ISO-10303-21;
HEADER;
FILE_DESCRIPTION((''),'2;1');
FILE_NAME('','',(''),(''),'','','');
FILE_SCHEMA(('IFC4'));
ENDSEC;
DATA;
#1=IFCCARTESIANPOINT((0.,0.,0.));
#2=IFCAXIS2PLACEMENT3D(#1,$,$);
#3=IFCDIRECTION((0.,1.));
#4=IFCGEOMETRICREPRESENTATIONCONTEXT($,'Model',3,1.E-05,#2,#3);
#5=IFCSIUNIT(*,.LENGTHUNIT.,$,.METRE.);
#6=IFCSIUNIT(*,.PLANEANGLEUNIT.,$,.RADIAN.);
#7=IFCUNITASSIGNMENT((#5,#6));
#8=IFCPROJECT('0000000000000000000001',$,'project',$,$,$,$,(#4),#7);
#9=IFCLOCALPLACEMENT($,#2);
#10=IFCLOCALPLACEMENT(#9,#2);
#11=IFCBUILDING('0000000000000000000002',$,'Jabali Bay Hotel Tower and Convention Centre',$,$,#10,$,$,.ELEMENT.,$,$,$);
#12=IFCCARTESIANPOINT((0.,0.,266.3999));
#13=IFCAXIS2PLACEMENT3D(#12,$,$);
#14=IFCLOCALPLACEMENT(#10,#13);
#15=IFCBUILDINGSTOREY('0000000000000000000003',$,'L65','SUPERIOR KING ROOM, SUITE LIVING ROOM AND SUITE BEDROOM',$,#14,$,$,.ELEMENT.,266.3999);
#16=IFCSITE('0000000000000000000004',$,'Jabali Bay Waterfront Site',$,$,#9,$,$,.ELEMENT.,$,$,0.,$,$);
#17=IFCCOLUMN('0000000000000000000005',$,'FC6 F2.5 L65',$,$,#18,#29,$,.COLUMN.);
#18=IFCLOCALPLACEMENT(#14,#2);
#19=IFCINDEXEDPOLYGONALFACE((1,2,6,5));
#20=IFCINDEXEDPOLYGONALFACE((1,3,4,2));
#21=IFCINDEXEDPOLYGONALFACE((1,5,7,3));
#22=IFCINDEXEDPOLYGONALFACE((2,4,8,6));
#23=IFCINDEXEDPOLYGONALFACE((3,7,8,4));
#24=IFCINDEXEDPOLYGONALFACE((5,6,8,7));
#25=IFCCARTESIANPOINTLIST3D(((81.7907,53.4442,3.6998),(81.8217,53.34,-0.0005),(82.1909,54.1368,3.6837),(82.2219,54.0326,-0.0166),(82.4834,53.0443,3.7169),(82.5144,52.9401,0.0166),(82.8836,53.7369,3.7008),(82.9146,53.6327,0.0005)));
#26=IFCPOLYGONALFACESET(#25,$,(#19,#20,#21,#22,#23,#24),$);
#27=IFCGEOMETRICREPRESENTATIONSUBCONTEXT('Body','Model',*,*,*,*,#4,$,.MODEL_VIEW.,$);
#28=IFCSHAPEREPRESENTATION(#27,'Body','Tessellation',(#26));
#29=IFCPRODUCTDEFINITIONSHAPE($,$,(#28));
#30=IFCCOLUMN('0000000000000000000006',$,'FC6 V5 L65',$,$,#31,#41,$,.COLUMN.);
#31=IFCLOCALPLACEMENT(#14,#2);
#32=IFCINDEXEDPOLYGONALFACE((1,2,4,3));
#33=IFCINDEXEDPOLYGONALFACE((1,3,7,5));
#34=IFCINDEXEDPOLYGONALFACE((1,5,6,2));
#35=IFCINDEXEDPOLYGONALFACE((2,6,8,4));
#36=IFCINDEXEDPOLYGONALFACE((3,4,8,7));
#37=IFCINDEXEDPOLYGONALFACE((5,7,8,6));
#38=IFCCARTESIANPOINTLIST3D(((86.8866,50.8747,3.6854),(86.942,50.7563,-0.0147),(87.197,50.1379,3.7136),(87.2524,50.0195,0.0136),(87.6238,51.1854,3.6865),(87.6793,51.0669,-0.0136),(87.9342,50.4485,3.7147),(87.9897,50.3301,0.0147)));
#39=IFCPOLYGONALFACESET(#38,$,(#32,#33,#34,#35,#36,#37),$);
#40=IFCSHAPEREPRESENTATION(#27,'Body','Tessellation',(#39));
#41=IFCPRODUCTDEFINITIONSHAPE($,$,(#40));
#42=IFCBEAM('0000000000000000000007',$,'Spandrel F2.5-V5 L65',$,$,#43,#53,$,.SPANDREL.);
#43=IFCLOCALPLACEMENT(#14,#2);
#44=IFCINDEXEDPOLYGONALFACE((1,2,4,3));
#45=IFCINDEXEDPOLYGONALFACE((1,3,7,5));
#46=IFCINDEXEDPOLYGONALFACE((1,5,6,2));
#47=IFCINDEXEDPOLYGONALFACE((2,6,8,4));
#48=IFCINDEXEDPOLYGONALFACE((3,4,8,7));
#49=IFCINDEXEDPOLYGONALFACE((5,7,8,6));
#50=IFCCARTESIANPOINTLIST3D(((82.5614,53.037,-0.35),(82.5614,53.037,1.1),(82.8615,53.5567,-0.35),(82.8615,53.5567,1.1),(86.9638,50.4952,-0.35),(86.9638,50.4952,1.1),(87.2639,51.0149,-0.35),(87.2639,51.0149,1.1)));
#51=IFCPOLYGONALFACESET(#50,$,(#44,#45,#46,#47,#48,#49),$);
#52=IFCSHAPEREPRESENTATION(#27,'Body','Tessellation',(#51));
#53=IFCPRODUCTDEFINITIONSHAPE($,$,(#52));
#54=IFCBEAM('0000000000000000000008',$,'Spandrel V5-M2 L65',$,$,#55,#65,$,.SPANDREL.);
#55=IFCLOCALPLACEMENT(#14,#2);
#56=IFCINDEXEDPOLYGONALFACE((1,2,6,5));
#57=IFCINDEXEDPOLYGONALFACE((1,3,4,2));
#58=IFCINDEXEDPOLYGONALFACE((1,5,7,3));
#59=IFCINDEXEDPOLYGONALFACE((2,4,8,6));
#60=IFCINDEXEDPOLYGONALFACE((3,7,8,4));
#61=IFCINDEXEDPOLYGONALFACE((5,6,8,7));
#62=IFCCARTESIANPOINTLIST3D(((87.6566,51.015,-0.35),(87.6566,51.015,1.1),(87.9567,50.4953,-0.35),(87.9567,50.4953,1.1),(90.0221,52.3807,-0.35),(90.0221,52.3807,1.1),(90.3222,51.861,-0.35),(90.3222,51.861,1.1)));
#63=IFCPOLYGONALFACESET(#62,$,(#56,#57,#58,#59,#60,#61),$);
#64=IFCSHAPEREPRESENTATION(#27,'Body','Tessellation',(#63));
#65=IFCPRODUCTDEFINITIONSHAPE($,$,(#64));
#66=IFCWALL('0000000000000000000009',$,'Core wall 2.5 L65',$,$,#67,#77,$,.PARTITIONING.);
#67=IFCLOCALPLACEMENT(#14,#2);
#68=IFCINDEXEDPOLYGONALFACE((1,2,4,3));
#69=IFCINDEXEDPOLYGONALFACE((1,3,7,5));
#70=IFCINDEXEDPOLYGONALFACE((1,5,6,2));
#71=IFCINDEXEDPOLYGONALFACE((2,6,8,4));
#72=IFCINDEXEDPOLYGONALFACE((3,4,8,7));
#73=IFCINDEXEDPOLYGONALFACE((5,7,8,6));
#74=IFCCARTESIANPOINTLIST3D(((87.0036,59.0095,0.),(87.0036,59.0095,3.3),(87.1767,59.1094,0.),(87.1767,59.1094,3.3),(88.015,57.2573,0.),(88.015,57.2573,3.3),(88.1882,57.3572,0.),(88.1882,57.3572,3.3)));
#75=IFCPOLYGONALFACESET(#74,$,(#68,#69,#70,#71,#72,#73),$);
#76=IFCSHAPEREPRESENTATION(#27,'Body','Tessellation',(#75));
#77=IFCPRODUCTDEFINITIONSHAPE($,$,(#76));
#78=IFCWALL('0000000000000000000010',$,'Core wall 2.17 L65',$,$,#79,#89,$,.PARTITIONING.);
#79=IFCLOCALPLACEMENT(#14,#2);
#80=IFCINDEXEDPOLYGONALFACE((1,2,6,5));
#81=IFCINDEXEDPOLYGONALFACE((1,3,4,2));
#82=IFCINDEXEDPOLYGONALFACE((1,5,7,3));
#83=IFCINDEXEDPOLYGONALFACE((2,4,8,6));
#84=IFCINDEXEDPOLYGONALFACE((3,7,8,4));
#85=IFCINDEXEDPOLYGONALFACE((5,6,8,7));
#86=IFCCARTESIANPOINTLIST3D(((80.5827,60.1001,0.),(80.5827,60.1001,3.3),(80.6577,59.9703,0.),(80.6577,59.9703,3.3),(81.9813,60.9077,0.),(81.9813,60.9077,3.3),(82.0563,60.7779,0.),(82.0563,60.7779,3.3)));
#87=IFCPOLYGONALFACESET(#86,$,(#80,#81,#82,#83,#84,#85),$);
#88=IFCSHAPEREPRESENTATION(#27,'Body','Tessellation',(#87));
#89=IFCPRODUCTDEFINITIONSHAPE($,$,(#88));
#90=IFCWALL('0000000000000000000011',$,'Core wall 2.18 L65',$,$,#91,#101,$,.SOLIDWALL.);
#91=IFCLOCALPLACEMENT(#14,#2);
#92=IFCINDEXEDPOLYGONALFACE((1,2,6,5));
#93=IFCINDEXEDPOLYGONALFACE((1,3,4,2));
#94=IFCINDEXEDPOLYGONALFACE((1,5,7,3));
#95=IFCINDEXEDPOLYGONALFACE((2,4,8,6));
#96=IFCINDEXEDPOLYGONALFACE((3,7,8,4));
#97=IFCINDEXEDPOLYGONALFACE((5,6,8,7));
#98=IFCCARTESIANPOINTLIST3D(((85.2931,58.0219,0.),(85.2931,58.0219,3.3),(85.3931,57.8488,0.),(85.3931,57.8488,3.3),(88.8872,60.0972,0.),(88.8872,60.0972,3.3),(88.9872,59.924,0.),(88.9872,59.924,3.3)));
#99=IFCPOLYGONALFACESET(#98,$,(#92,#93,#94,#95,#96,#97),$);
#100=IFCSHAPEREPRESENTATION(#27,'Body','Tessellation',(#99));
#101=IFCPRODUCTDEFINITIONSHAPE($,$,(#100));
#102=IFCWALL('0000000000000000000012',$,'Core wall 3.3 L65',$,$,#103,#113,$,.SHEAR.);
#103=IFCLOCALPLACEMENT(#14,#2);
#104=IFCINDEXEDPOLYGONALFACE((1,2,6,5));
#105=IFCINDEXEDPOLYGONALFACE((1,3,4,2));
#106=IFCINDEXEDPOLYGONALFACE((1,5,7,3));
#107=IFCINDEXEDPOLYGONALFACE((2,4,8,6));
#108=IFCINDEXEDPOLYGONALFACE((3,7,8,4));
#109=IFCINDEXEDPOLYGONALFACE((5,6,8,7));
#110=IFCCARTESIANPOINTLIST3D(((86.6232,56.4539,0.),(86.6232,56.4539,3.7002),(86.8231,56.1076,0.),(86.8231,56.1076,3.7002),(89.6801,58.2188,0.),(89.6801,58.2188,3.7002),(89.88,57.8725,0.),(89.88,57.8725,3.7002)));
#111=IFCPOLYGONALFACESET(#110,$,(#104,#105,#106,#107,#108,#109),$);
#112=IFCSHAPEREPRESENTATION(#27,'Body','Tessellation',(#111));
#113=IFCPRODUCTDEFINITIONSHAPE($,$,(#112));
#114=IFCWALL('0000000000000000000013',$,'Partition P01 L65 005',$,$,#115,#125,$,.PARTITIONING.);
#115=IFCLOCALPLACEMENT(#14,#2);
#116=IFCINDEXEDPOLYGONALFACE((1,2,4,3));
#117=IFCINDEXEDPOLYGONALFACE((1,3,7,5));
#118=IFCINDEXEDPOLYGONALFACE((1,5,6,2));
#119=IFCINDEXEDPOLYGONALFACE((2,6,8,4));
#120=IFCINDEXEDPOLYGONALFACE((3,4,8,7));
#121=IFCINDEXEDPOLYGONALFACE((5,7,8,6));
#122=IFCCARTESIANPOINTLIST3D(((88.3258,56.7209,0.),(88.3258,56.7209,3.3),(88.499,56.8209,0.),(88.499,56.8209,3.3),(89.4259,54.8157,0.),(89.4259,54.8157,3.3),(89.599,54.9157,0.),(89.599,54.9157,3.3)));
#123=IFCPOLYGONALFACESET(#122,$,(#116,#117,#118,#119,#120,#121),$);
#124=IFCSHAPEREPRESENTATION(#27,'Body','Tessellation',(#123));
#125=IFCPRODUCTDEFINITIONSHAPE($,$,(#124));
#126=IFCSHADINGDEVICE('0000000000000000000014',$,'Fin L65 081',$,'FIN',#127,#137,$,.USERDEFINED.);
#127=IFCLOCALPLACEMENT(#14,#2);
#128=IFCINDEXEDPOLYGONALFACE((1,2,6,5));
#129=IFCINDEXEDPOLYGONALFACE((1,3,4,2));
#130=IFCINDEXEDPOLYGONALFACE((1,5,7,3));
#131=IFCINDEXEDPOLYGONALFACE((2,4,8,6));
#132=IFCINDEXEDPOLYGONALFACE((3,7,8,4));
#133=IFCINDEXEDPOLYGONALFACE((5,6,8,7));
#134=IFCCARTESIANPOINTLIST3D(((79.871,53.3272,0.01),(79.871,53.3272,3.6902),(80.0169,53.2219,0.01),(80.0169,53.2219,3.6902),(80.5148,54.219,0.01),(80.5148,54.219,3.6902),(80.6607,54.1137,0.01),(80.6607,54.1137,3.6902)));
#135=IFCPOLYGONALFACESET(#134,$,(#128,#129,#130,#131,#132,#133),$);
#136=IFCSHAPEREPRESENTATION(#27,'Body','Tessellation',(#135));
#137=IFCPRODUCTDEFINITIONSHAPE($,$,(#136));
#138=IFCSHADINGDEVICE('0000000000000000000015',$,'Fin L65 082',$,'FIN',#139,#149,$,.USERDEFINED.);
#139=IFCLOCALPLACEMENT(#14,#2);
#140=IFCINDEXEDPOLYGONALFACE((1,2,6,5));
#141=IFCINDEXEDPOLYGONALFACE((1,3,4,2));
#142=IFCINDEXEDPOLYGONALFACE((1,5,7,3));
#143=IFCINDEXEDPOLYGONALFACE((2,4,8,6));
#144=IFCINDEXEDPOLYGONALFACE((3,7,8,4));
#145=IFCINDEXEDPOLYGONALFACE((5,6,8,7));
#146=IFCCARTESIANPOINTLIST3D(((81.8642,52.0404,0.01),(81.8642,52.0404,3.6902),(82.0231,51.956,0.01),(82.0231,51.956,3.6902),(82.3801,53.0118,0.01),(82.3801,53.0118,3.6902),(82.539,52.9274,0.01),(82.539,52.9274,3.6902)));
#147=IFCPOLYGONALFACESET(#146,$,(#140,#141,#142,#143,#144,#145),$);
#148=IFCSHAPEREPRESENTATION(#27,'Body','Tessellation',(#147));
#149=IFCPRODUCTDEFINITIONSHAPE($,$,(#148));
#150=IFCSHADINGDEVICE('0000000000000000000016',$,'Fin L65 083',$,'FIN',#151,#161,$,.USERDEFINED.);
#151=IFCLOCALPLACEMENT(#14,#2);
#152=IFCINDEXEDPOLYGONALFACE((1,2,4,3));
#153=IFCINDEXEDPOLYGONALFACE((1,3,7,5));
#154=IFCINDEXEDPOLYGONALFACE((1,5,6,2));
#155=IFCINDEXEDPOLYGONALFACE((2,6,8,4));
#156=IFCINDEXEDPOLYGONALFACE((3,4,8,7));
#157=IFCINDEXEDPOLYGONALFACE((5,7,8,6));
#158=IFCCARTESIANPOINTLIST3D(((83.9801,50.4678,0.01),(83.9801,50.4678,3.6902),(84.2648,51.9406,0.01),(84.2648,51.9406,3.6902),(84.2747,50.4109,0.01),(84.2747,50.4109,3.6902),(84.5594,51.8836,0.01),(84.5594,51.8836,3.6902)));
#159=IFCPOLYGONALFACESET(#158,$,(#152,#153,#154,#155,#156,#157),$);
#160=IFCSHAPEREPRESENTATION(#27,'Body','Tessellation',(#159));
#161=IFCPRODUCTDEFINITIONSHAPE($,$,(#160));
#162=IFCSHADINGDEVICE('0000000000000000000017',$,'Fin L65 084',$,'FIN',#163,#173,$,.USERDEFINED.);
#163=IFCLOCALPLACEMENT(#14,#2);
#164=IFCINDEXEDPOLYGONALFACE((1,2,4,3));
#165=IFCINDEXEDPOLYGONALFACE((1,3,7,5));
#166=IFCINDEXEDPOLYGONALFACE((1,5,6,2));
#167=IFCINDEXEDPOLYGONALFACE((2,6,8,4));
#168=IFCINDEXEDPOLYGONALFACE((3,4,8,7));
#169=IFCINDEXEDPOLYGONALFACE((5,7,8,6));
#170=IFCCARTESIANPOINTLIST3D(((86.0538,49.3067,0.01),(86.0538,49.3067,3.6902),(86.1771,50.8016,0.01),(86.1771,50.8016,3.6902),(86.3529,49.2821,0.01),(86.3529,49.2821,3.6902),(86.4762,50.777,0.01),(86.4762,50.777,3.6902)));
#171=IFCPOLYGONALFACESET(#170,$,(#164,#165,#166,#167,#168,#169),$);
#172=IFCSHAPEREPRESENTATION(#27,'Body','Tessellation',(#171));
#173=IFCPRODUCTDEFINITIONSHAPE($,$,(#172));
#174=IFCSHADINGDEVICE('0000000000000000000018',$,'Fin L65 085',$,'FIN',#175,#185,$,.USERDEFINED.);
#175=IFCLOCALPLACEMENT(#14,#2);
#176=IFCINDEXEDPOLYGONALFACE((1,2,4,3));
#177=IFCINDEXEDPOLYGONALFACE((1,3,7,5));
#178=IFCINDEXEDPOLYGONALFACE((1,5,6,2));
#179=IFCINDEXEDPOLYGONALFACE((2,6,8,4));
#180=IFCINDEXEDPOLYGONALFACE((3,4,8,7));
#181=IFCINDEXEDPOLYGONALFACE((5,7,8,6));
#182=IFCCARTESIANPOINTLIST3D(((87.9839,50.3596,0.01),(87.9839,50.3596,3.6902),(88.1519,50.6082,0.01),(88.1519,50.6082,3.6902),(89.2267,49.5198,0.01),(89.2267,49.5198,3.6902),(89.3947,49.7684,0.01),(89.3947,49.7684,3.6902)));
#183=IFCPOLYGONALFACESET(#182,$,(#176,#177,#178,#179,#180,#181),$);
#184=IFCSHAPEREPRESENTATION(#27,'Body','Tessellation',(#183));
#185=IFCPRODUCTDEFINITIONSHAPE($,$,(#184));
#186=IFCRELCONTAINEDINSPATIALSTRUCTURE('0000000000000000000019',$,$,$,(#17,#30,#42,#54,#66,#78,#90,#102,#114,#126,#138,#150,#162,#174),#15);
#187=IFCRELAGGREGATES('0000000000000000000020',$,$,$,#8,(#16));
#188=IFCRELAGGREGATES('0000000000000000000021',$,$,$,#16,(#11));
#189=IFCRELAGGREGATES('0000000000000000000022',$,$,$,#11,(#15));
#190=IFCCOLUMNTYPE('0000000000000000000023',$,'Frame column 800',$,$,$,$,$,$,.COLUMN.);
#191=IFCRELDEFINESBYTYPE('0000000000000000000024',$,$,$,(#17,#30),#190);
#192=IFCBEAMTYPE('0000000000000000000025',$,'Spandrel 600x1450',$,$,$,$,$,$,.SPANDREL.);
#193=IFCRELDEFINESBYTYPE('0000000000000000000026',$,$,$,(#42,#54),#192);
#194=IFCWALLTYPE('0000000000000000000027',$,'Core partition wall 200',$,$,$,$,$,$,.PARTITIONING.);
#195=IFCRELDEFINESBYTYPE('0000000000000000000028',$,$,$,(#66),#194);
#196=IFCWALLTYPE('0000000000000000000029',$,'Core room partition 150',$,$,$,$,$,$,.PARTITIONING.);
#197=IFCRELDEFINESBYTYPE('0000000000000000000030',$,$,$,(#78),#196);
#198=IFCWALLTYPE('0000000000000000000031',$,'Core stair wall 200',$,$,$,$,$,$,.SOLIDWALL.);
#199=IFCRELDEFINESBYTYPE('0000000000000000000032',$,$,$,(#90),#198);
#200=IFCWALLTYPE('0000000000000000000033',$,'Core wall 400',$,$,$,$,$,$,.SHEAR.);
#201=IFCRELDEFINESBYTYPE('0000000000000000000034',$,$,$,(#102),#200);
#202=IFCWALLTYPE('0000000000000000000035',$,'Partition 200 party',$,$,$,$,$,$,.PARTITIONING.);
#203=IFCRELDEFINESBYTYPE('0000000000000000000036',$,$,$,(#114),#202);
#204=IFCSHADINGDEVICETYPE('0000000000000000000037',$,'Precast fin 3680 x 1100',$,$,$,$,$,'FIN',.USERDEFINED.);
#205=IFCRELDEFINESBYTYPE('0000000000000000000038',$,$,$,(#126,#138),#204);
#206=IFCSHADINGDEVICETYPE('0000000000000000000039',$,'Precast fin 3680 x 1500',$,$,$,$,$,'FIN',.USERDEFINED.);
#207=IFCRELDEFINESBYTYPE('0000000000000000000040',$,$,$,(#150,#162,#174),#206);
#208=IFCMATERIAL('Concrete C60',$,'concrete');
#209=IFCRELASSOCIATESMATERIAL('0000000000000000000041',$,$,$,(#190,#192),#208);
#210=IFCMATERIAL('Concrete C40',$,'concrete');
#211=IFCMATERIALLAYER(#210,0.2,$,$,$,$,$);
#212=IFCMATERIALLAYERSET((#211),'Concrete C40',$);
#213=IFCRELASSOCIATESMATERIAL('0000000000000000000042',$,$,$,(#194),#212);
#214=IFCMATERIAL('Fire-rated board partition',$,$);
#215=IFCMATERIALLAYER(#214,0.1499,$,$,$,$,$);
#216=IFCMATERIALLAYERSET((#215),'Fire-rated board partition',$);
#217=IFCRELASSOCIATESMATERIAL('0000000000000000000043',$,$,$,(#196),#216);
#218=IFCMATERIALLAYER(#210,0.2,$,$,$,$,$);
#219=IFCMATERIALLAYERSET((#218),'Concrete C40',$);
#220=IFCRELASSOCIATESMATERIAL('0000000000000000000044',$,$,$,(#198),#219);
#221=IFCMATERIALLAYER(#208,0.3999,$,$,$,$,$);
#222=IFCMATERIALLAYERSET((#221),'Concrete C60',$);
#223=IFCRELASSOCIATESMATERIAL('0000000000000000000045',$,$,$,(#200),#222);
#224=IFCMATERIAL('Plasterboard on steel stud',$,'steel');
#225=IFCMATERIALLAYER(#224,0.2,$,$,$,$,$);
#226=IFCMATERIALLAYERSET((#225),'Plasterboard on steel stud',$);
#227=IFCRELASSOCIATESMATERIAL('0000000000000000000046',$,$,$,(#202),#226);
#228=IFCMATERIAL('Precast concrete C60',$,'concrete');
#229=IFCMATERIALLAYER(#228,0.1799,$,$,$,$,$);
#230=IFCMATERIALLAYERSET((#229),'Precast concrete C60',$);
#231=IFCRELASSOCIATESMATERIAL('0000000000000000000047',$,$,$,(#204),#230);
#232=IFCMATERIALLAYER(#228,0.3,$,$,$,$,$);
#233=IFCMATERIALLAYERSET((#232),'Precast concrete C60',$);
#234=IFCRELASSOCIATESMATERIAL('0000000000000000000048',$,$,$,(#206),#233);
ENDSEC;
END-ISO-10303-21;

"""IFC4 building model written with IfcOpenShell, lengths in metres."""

from ifc_helpers import new_model, si_unit, direction, frame, frame_2d, origin, origin_2d, place, context, subcontext, project, spatial, rectangle, extrude, material, layer, layer_set, material_profile, profile_set, type_object, element, save


model = new_model("IFC4")

# Units and contexts
model_context = context("Model", 3, precision=1e-05, world=origin(), true_north=direction((0.0, 1.0)))
body_context = subcontext(model_context, "Body", "Model", "MODEL_VIEW")
ifc_project = project(units=[si_unit("LENGTHUNIT", "METRE"), si_unit("PLANEANGLEUNIT", "RADIAN")], contexts=[model_context])

# Site, building, storey
site_placement = place(None, origin())
site = spatial("IfcSite", under=ifc_project, at=site_placement, Name="Jabali Bay Waterfront Site", CompositionType="ELEMENT", RefElevation=0.0)
building_placement = place(site_placement, origin())
building = spatial("IfcBuilding", under=site, at=building_placement, Name="Jabali Bay Hotel Tower and Convention Centre", CompositionType="ELEMENT")
storey_placement = place(building_placement, frame((0.0, 0.0, 266.3999)))
storey = spatial("IfcBuildingStorey", under=building, at=storey_placement, Name="L65", Description="SUPERIOR KING ROOM, SUITE LIVING ROOM AND SUITE BEDROOM", CompositionType="ELEMENT", Elevation=266.3999)

# Columns
ifc_material_1 = material(Name="Concrete C60", Category="concrete")
ifc_material_profile_1 = material_profile(ifc_material_1, rectangle(XDim=0.8, YDim=0.8, at=origin_2d()), Name="Frame column 800")
ifc_profile_set_1 = profile_set([ifc_material_profile_1], Name="Concrete C60")
column_type = type_object("IfcColumnType", Name="Frame column 800", PredefinedType="COLUMN", material=ifc_profile_set_1)
column_1_placement = place(storey_placement, frame((82.3682, 53.4863, 0.0), z_axis=(-0.008376, 0.028161, 0.999568), x_axis=(-0.50023, -0.865657, 0.020197)))
element("IfcColumn", 1, at=column_1_placement, inside=storey, type_object=column_type, Name="FC6 F2.5 L65", PredefinedType="COLUMN", context=body_context, shape_type="SweptSolid", body=[
    extrude(rectangle(XDim=0.8, YDim=0.8, at=origin_2d()), origin(), (0.0, 0.0, 1.0), 3.7019),
])
column_2_placement = place(storey_placement, frame((87.4658, 50.5432, 0.0), z_axis=(-0.014968, 0.031981, 0.999376), x_axis=(0.38798, -0.920992, 0.035283)))
element("IfcColumn", 2, at=column_2_placement, inside=storey, type_object=column_type, Name="FC6 V5 L65", PredefinedType="COLUMN", context=body_context, shape_type="SweptSolid", body=[
    extrude(rectangle(XDim=0.8, YDim=0.8, at=origin_2d()), origin(), (0.0, 0.0, 1.0), 3.7024),
])

# Beams
ifc_material_profile_2 = material_profile(ifc_material_1, rectangle(XDim=0.6001, YDim=1.45, at=origin_2d()), Name="Spandrel 600x1450")
ifc_profile_set_2 = profile_set([ifc_material_profile_2], Name="Concrete C60")
beam_type = type_object("IfcBeamType", Name="Spandrel 600x1450", PredefinedType="SPANDREL", material=ifc_profile_set_2)
beam_1_placement = place(storey_placement, frame((82.7114, 53.2969, 0.375), z_axis=(0.866021, -0.500008, 0.0), x_axis=(0.500008, 0.866021, 0.0)))
element("IfcBeam", 3, at=beam_1_placement, inside=storey, type_object=beam_type, Name="Spandrel F2.5-V5 L65", PredefinedType="SPANDREL", context=body_context, shape_type="SweptSolid", body=[
    extrude(rectangle(XDim=0.6001, YDim=1.45, at=origin_2d()), origin(), (0.0, 0.0, 1.0), 5.0835),
])
beam_2_placement = place(storey_placement, frame((87.8066, 50.7551, 0.375), z_axis=(0.866023, 0.500004, 0.0), x_axis=(-0.500004, 0.866023, 0.0)))
element("IfcBeam", 4, at=beam_2_placement, inside=storey, type_object=beam_type, Name="Spandrel V5-M2 L65", PredefinedType="SPANDREL", context=body_context, shape_type="SweptSolid", body=[
    extrude(rectangle(XDim=0.6001, YDim=1.45, at=origin_2d()), origin(), (0.0, 0.0, 1.0), 2.7314),
])

# Walls
ifc_material_2 = material(Name="Concrete C40", Category="concrete")
ifc_layer_1 = layer(ifc_material_2, 0.2)
ifc_layer_set_1 = layer_set([ifc_layer_1], Name="Concrete C40")
wall_type_1 = type_object("IfcWallType", Name="Core partition wall 200", PredefinedType="PARTITIONING", material=ifc_layer_set_1)
wall_1_placement = place(storey_placement, frame((87.0901, 59.0596, 0.0), z_axis=(0.0, 0.0, 1.0), x_axis=(0.499942, -0.866059, 0.0)))
element("IfcWall", 5, at=wall_1_placement, inside=storey, type_object=wall_type_1, Name="Core wall 2.5 L65", PredefinedType="PARTITIONING", context=body_context, shape_type="SweptSolid", body=[
    extrude(rectangle(XDim=2.0232, YDim=0.2, at=frame_2d((1.0117, 0.0))), origin(), (0.0, 0.0, 1.0), 3.3),
])
ifc_material_3 = material(Name="Fire-rated board partition")
ifc_layer_2 = layer(ifc_material_3, 0.1499)
ifc_layer_set_2 = layer_set([ifc_layer_2], Name="Fire-rated board partition")
wall_type_2 = type_object("IfcWallType", Name="Core room partition 150", PredefinedType="PARTITIONING", material=ifc_layer_set_2)
wall_2_placement = place(storey_placement, frame((80.6201, 60.0352, 0.0), z_axis=(0.0, 0.0, 1.0), x_axis=(0.866002, 0.500041, 0.0)))
element("IfcWall", 6, at=wall_2_placement, inside=storey, type_object=wall_type_2, Name="Core wall 2.17 L65", PredefinedType="PARTITIONING", context=body_context, shape_type="SweptSolid", body=[
    extrude(rectangle(XDim=1.615, YDim=0.1499, at=frame_2d((0.8076, 0.0))), origin(), (0.0, 0.0, 1.0), 3.3),
])
ifc_layer_3 = layer(ifc_material_2, 0.2)
ifc_layer_set_3 = layer_set([ifc_layer_3], Name="Concrete C40")
wall_type_3 = type_object("IfcWallType", Name="Core stair wall 200", PredefinedType="SOLIDWALL", material=ifc_layer_set_3)
wall_3_placement = place(storey_placement, frame((85.343, 57.9353, 0.0), z_axis=(0.0, 0.0, 1.0), x_axis=(0.866004, 0.500036, 0.0)))
element("IfcWall", 7, at=wall_3_placement, inside=storey, type_object=wall_type_3, Name="Core wall 2.18 L65", PredefinedType="SOLIDWALL", context=body_context, shape_type="SweptSolid", body=[
    extrude(rectangle(XDim=4.1501, YDim=0.2, at=frame_2d((2.0752, 0.0))), origin(), (0.0, 0.0, 1.0), 3.3),
])
ifc_layer_4 = layer(ifc_material_1, 0.3999)
ifc_layer_set_4 = layer_set([ifc_layer_4], Name="Concrete C60")
wall_type_4 = type_object("IfcWallType", Name="Core wall 400", PredefinedType="SHEAR", material=ifc_layer_set_4)
wall_4_placement = place(storey_placement, frame((86.7231, 56.2808, 0.0), z_axis=(0.0, 0.0, 1.0), x_axis=(0.866025, 0.5, 0.0)))
element("IfcWall", 8, at=wall_4_placement, inside=storey, type_object=wall_type_4, Name="Core wall 3.3 L65", PredefinedType="SHEAR", context=body_context, shape_type="SweptSolid", body=[
    extrude(rectangle(XDim=3.5298, YDim=0.3999, at=frame_2d((1.7649, 0.0))), origin(), (0.0, 0.0, 1.0), 3.7002),
])

# Wall
ifc_material_4 = material(Name="Plasterboard on steel stud", Category="steel")
ifc_layer_5 = layer(ifc_material_4, 0.2)
ifc_layer_set_5 = layer_set([ifc_layer_5], Name="Plasterboard on steel stud")
wall_type_5 = type_object("IfcWallType", Name="Partition 200 party", PredefinedType="PARTITIONING", material=ifc_layer_set_5)
wall_5_placement = place(storey_placement, frame((88.4124, 56.771, 0.0), z_axis=(0.0, 0.0, 1.0), x_axis=(0.50003, -0.866008, 0.0)))
element("IfcWall", 9, at=wall_5_placement, inside=storey, type_object=wall_type_5, Name="Partition P01 L65 005", PredefinedType="PARTITIONING", context=body_context, shape_type="SweptSolid", body=[
    extrude(rectangle(XDim=2.2, YDim=0.2, at=frame_2d((1.1001, 0.0))), origin(), (0.0, 0.0, 1.0), 3.3),
])

# Shading devices
ifc_material_5 = material(Name="Precast concrete C60", Category="concrete")
ifc_layer_6 = layer(ifc_material_5, 0.1799)
ifc_layer_set_6 = layer_set([ifc_layer_6], Name="Precast concrete C60")
shading_device_type_1 = type_object("IfcShadingDeviceType", Name="Precast fin 3680 x 1100", ElementType="FIN", PredefinedType="USERDEFINED", material=ifc_layer_set_6)
for number, where, z_axis, x_axis, name in (
    (10, (80.5876, 54.1663, 0.01), (0.0, 0.0, 1.0), (-0.585304, -0.810814, 0.0), "Fin L65 081"),
    (11, (82.4595, 52.9695, 0.01), (0.0, 0.0, 1.0), (-0.469009, -0.883193, 0.0), "Fin L65 082"),
):
    element("IfcShadingDevice", number, at=place(storey_placement, frame(where, z_axis=z_axis, x_axis=x_axis)), inside=storey, type_object=shading_device_type_1, Name=name, ObjectType="FIN", PredefinedType="USERDEFINED", context=body_context, shape_type="SweptSolid", body=[
        extrude(rectangle(XDim=1.0999, YDim=0.1799, at=frame_2d((0.5498, 0.0))), origin(), (0.0, 0.0, 1.0), 3.6802),
    ])
ifc_layer_7 = layer(ifc_material_5, 0.3)
ifc_layer_set_7 = layer_set([ifc_layer_7], Name="Precast concrete C60")
shading_device_type_2 = type_object("IfcShadingDeviceType", Name="Precast fin 3680 x 1500", ElementType="FIN", PredefinedType="USERDEFINED", material=ifc_layer_set_7)
for number, where, z_axis, x_axis, name in (
    (12, (84.4121, 51.9121, 0.01), (0.0, 0.0, 1.0), (-0.189789, -0.981825, 0.0), "Fin L65 083"),
    (13, (86.3267, 50.7893, 0.01), (0.0, 0.0, 1.0), (-0.082197, -0.996616, 0.0), "Fin L65 084"),
    (14, (88.0679, 50.4839, 0.01), (0.0, 0.0, 1.0), (0.828579, -0.559873, 0.0), "Fin L65 085"),
):
    element("IfcShadingDevice", number, at=place(storey_placement, frame(where, z_axis=z_axis, x_axis=x_axis)), inside=storey, type_object=shading_device_type_2, Name=name, ObjectType="FIN", PredefinedType="USERDEFINED", context=body_context, shape_type="SweptSolid", body=[
        extrude(rectangle(XDim=1.5, YDim=0.3, at=frame_2d((0.75, 0.0))), origin(), (0.0, 0.0, 1.0), 3.6802),
    ])

save(model, "model.ifc")
